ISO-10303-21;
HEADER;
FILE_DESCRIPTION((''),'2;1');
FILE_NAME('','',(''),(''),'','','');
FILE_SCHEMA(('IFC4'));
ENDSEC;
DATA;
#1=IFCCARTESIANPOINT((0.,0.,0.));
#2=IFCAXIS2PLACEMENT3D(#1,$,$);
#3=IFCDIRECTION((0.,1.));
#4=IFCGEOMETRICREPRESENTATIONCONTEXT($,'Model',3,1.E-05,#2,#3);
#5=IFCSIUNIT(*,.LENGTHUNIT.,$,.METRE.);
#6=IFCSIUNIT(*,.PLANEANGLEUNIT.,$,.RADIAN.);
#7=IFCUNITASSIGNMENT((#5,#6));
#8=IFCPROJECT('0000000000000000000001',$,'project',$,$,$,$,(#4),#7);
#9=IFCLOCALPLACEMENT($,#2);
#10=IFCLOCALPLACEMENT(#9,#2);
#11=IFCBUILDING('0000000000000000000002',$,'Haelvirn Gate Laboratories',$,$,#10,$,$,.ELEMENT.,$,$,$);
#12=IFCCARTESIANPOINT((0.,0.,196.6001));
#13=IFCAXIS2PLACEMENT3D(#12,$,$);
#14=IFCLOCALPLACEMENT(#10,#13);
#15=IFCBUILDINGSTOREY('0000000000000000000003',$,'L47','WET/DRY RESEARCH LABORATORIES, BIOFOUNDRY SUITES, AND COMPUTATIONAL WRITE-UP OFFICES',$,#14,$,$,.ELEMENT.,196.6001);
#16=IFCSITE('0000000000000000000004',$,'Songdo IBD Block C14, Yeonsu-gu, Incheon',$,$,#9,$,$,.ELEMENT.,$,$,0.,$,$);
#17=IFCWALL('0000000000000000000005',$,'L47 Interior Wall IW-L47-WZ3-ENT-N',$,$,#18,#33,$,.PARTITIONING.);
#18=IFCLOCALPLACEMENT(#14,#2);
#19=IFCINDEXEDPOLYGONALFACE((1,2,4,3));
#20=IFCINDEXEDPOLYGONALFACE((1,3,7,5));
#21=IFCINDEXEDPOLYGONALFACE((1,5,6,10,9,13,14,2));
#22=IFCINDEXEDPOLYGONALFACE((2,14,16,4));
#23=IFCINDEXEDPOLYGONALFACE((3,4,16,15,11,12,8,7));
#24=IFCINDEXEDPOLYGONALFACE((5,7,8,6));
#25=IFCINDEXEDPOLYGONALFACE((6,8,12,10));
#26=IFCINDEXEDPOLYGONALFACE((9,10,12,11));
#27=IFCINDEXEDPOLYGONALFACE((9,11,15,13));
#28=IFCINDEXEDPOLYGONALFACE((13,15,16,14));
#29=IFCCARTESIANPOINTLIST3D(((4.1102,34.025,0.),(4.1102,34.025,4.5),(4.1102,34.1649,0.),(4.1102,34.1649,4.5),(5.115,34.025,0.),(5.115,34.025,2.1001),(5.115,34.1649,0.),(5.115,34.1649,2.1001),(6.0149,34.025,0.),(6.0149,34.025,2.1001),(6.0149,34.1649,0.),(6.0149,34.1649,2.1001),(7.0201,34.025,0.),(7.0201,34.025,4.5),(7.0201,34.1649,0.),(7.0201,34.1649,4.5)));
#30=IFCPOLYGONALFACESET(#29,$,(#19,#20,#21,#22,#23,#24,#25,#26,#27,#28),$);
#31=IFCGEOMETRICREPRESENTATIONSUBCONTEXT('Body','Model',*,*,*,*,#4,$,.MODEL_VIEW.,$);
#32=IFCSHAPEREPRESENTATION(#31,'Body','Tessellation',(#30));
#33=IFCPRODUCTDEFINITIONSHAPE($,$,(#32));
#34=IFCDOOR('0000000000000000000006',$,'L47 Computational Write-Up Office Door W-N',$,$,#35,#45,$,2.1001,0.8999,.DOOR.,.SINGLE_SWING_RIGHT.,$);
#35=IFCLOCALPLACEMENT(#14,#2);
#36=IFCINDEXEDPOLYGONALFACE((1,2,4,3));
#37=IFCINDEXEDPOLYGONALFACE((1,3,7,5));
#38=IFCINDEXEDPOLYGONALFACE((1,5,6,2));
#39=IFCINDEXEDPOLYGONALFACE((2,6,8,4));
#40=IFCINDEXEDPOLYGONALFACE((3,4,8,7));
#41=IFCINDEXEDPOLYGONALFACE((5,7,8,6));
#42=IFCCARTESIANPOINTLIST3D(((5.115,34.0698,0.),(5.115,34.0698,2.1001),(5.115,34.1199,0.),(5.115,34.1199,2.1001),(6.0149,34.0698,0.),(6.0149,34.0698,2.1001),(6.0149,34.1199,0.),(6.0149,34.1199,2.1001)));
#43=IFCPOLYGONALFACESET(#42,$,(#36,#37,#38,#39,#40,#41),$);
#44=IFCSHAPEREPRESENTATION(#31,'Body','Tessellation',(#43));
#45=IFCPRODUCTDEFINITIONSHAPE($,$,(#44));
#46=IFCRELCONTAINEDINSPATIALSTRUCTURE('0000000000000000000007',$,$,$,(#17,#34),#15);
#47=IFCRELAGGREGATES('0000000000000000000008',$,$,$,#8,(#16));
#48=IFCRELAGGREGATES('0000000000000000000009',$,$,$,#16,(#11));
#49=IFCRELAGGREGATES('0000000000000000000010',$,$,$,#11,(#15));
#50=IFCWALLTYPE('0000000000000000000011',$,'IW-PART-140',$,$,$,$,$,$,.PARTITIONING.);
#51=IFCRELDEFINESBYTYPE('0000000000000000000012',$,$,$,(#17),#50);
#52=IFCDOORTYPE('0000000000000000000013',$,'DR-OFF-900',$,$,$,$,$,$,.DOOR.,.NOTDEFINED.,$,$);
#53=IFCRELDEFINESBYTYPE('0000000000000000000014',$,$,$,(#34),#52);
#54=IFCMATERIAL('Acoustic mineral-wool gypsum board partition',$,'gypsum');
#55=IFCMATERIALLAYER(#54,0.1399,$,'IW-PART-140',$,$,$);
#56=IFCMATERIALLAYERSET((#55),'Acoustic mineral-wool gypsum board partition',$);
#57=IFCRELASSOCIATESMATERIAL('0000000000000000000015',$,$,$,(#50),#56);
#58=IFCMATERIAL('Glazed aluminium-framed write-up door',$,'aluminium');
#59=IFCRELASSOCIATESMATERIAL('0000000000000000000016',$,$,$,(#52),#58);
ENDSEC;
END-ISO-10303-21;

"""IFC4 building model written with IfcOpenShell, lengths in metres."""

from ifc_helpers import new_model, si_unit, direction, frame, frame_2d, origin, place, context, subcontext, project, spatial, rectangle, extrude, source, transform, mapped, material, layer, layer_set, type_object, type_shapes, element, fill, save


model = new_model("IFC4")

# Units and contexts
model_context = context("Model", 3, precision=1e-05, world=origin(), true_north=direction((0.0, 1.0)))
body_context = subcontext(model_context, "Body", "Model", "MODEL_VIEW")
ifc_project = project(units=[si_unit("LENGTHUNIT", "METRE"), si_unit("PLANEANGLEUNIT", "RADIAN")], contexts=[model_context])

# Site, building, storey
site_placement = place(None, origin())
site = spatial("IfcSite", under=ifc_project, at=site_placement, Name="Songdo IBD Block C14, Yeonsu-gu, Incheon", CompositionType="ELEMENT", RefElevation=0.0)
building_placement = place(site_placement, origin())
building = spatial("IfcBuilding", under=site, at=building_placement, Name="Haelvirn Gate Laboratories", CompositionType="ELEMENT")
storey_placement = place(building_placement, frame((0.0, 0.0, 196.6001)))
storey = spatial("IfcBuildingStorey", under=building, at=storey_placement, Name="L47", Description="WET/DRY RESEARCH LABORATORIES, BIOFOUNDRY SUITES, AND COMPUTATIONAL WRITE-UP OFFICES", CompositionType="ELEMENT", Elevation=196.6001)

# Wall, opening, door
ifc_material_1 = material(Name="Acoustic mineral-wool gypsum board partition", Category="gypsum")
ifc_layer_1 = layer(ifc_material_1, 0.1399, Name="IW-PART-140")
ifc_layer_set_1 = layer_set([ifc_layer_1], Name="Acoustic mineral-wool gypsum board partition")
wall_type_1 = type_object("IfcWallType", Name="IW-PART-140", PredefinedType="PARTITIONING", material=ifc_layer_set_1)
wall_1_placement = place(storey_placement, frame((4.1101, 34.095, 0.0), z_axis=(0.0, 0.0, 1.0), x_axis=(1.0, 0.0, 0.0)))
wall_1 = element("IfcWall", 1, at=wall_1_placement, inside=storey, type_object=wall_type_1, Name="L47 Interior Wall IW-L47-WZ3-ENT-N", PredefinedType="PARTITIONING", context=body_context, shape_type="SweptSolid", body=[
    extrude(rectangle(XDim=2.9099, YDim=0.1399, at=frame_2d((1.4551, 0.0))), origin(), (0.0, 0.0, 1.0), 4.5),
])
opening_1_placement = place(wall_1_placement, frame((1.0049, 0.0, 0.0)))
opening_1 = element("IfcOpeningElement", 2, at=opening_1_placement, cuts=wall_1, PredefinedType="OPENING", context=body_context, shape_type="SweptSolid", body=[
    extrude(rectangle(XDim=0.8999, YDim=2.1001, at=frame_2d((0.45, 1.05))), frame((0.0, 0.0801, 0.0), z_axis=(0.0, -1.0, 0.0), x_axis=(1.0, 0.0, 0.0)), (0.0, 0.0, 1.0), 0.1599),
])
ifc_material_2 = material(Name="Glazed aluminium-framed write-up door", Category="aluminium")
door_type_1 = type_object("IfcDoorType", Name="DR-OFF-900", OperationType="NOTDEFINED", PredefinedType="DOOR", material=ifc_material_2)
shared_shape_1 = source(origin(), body_context, "Body", "SweptSolid", [
    extrude(rectangle(XDim=0.8999, YDim=2.1001, at=frame_2d((0.45, 1.05))), frame((0.0, 0.0249, 0.0), z_axis=(0.0, -1.0, 0.0), x_axis=(1.0, 0.0, 0.0)), (0.0, 0.0, 1.0), 0.05),
])
type_shapes(door_type_1, [shared_shape_1])
door_1_placement = place(opening_1_placement, origin())
door_1 = element("IfcDoor", 3, at=door_1_placement, inside=storey, type_object=door_type_1, Name="L47 Computational Write-Up Office Door W-N", OperationType="SINGLE_SWING_RIGHT", OverallHeight=2.1001, OverallWidth=0.8999, PredefinedType="DOOR", context=body_context, shape_type="MappedRepresentation", body=[
    mapped(shared_shape_1, transform((0.0, 0.0, 0.0), scale=1.0)),
])
fill(opening_1, door_1)

save(model, "model.ifc")
